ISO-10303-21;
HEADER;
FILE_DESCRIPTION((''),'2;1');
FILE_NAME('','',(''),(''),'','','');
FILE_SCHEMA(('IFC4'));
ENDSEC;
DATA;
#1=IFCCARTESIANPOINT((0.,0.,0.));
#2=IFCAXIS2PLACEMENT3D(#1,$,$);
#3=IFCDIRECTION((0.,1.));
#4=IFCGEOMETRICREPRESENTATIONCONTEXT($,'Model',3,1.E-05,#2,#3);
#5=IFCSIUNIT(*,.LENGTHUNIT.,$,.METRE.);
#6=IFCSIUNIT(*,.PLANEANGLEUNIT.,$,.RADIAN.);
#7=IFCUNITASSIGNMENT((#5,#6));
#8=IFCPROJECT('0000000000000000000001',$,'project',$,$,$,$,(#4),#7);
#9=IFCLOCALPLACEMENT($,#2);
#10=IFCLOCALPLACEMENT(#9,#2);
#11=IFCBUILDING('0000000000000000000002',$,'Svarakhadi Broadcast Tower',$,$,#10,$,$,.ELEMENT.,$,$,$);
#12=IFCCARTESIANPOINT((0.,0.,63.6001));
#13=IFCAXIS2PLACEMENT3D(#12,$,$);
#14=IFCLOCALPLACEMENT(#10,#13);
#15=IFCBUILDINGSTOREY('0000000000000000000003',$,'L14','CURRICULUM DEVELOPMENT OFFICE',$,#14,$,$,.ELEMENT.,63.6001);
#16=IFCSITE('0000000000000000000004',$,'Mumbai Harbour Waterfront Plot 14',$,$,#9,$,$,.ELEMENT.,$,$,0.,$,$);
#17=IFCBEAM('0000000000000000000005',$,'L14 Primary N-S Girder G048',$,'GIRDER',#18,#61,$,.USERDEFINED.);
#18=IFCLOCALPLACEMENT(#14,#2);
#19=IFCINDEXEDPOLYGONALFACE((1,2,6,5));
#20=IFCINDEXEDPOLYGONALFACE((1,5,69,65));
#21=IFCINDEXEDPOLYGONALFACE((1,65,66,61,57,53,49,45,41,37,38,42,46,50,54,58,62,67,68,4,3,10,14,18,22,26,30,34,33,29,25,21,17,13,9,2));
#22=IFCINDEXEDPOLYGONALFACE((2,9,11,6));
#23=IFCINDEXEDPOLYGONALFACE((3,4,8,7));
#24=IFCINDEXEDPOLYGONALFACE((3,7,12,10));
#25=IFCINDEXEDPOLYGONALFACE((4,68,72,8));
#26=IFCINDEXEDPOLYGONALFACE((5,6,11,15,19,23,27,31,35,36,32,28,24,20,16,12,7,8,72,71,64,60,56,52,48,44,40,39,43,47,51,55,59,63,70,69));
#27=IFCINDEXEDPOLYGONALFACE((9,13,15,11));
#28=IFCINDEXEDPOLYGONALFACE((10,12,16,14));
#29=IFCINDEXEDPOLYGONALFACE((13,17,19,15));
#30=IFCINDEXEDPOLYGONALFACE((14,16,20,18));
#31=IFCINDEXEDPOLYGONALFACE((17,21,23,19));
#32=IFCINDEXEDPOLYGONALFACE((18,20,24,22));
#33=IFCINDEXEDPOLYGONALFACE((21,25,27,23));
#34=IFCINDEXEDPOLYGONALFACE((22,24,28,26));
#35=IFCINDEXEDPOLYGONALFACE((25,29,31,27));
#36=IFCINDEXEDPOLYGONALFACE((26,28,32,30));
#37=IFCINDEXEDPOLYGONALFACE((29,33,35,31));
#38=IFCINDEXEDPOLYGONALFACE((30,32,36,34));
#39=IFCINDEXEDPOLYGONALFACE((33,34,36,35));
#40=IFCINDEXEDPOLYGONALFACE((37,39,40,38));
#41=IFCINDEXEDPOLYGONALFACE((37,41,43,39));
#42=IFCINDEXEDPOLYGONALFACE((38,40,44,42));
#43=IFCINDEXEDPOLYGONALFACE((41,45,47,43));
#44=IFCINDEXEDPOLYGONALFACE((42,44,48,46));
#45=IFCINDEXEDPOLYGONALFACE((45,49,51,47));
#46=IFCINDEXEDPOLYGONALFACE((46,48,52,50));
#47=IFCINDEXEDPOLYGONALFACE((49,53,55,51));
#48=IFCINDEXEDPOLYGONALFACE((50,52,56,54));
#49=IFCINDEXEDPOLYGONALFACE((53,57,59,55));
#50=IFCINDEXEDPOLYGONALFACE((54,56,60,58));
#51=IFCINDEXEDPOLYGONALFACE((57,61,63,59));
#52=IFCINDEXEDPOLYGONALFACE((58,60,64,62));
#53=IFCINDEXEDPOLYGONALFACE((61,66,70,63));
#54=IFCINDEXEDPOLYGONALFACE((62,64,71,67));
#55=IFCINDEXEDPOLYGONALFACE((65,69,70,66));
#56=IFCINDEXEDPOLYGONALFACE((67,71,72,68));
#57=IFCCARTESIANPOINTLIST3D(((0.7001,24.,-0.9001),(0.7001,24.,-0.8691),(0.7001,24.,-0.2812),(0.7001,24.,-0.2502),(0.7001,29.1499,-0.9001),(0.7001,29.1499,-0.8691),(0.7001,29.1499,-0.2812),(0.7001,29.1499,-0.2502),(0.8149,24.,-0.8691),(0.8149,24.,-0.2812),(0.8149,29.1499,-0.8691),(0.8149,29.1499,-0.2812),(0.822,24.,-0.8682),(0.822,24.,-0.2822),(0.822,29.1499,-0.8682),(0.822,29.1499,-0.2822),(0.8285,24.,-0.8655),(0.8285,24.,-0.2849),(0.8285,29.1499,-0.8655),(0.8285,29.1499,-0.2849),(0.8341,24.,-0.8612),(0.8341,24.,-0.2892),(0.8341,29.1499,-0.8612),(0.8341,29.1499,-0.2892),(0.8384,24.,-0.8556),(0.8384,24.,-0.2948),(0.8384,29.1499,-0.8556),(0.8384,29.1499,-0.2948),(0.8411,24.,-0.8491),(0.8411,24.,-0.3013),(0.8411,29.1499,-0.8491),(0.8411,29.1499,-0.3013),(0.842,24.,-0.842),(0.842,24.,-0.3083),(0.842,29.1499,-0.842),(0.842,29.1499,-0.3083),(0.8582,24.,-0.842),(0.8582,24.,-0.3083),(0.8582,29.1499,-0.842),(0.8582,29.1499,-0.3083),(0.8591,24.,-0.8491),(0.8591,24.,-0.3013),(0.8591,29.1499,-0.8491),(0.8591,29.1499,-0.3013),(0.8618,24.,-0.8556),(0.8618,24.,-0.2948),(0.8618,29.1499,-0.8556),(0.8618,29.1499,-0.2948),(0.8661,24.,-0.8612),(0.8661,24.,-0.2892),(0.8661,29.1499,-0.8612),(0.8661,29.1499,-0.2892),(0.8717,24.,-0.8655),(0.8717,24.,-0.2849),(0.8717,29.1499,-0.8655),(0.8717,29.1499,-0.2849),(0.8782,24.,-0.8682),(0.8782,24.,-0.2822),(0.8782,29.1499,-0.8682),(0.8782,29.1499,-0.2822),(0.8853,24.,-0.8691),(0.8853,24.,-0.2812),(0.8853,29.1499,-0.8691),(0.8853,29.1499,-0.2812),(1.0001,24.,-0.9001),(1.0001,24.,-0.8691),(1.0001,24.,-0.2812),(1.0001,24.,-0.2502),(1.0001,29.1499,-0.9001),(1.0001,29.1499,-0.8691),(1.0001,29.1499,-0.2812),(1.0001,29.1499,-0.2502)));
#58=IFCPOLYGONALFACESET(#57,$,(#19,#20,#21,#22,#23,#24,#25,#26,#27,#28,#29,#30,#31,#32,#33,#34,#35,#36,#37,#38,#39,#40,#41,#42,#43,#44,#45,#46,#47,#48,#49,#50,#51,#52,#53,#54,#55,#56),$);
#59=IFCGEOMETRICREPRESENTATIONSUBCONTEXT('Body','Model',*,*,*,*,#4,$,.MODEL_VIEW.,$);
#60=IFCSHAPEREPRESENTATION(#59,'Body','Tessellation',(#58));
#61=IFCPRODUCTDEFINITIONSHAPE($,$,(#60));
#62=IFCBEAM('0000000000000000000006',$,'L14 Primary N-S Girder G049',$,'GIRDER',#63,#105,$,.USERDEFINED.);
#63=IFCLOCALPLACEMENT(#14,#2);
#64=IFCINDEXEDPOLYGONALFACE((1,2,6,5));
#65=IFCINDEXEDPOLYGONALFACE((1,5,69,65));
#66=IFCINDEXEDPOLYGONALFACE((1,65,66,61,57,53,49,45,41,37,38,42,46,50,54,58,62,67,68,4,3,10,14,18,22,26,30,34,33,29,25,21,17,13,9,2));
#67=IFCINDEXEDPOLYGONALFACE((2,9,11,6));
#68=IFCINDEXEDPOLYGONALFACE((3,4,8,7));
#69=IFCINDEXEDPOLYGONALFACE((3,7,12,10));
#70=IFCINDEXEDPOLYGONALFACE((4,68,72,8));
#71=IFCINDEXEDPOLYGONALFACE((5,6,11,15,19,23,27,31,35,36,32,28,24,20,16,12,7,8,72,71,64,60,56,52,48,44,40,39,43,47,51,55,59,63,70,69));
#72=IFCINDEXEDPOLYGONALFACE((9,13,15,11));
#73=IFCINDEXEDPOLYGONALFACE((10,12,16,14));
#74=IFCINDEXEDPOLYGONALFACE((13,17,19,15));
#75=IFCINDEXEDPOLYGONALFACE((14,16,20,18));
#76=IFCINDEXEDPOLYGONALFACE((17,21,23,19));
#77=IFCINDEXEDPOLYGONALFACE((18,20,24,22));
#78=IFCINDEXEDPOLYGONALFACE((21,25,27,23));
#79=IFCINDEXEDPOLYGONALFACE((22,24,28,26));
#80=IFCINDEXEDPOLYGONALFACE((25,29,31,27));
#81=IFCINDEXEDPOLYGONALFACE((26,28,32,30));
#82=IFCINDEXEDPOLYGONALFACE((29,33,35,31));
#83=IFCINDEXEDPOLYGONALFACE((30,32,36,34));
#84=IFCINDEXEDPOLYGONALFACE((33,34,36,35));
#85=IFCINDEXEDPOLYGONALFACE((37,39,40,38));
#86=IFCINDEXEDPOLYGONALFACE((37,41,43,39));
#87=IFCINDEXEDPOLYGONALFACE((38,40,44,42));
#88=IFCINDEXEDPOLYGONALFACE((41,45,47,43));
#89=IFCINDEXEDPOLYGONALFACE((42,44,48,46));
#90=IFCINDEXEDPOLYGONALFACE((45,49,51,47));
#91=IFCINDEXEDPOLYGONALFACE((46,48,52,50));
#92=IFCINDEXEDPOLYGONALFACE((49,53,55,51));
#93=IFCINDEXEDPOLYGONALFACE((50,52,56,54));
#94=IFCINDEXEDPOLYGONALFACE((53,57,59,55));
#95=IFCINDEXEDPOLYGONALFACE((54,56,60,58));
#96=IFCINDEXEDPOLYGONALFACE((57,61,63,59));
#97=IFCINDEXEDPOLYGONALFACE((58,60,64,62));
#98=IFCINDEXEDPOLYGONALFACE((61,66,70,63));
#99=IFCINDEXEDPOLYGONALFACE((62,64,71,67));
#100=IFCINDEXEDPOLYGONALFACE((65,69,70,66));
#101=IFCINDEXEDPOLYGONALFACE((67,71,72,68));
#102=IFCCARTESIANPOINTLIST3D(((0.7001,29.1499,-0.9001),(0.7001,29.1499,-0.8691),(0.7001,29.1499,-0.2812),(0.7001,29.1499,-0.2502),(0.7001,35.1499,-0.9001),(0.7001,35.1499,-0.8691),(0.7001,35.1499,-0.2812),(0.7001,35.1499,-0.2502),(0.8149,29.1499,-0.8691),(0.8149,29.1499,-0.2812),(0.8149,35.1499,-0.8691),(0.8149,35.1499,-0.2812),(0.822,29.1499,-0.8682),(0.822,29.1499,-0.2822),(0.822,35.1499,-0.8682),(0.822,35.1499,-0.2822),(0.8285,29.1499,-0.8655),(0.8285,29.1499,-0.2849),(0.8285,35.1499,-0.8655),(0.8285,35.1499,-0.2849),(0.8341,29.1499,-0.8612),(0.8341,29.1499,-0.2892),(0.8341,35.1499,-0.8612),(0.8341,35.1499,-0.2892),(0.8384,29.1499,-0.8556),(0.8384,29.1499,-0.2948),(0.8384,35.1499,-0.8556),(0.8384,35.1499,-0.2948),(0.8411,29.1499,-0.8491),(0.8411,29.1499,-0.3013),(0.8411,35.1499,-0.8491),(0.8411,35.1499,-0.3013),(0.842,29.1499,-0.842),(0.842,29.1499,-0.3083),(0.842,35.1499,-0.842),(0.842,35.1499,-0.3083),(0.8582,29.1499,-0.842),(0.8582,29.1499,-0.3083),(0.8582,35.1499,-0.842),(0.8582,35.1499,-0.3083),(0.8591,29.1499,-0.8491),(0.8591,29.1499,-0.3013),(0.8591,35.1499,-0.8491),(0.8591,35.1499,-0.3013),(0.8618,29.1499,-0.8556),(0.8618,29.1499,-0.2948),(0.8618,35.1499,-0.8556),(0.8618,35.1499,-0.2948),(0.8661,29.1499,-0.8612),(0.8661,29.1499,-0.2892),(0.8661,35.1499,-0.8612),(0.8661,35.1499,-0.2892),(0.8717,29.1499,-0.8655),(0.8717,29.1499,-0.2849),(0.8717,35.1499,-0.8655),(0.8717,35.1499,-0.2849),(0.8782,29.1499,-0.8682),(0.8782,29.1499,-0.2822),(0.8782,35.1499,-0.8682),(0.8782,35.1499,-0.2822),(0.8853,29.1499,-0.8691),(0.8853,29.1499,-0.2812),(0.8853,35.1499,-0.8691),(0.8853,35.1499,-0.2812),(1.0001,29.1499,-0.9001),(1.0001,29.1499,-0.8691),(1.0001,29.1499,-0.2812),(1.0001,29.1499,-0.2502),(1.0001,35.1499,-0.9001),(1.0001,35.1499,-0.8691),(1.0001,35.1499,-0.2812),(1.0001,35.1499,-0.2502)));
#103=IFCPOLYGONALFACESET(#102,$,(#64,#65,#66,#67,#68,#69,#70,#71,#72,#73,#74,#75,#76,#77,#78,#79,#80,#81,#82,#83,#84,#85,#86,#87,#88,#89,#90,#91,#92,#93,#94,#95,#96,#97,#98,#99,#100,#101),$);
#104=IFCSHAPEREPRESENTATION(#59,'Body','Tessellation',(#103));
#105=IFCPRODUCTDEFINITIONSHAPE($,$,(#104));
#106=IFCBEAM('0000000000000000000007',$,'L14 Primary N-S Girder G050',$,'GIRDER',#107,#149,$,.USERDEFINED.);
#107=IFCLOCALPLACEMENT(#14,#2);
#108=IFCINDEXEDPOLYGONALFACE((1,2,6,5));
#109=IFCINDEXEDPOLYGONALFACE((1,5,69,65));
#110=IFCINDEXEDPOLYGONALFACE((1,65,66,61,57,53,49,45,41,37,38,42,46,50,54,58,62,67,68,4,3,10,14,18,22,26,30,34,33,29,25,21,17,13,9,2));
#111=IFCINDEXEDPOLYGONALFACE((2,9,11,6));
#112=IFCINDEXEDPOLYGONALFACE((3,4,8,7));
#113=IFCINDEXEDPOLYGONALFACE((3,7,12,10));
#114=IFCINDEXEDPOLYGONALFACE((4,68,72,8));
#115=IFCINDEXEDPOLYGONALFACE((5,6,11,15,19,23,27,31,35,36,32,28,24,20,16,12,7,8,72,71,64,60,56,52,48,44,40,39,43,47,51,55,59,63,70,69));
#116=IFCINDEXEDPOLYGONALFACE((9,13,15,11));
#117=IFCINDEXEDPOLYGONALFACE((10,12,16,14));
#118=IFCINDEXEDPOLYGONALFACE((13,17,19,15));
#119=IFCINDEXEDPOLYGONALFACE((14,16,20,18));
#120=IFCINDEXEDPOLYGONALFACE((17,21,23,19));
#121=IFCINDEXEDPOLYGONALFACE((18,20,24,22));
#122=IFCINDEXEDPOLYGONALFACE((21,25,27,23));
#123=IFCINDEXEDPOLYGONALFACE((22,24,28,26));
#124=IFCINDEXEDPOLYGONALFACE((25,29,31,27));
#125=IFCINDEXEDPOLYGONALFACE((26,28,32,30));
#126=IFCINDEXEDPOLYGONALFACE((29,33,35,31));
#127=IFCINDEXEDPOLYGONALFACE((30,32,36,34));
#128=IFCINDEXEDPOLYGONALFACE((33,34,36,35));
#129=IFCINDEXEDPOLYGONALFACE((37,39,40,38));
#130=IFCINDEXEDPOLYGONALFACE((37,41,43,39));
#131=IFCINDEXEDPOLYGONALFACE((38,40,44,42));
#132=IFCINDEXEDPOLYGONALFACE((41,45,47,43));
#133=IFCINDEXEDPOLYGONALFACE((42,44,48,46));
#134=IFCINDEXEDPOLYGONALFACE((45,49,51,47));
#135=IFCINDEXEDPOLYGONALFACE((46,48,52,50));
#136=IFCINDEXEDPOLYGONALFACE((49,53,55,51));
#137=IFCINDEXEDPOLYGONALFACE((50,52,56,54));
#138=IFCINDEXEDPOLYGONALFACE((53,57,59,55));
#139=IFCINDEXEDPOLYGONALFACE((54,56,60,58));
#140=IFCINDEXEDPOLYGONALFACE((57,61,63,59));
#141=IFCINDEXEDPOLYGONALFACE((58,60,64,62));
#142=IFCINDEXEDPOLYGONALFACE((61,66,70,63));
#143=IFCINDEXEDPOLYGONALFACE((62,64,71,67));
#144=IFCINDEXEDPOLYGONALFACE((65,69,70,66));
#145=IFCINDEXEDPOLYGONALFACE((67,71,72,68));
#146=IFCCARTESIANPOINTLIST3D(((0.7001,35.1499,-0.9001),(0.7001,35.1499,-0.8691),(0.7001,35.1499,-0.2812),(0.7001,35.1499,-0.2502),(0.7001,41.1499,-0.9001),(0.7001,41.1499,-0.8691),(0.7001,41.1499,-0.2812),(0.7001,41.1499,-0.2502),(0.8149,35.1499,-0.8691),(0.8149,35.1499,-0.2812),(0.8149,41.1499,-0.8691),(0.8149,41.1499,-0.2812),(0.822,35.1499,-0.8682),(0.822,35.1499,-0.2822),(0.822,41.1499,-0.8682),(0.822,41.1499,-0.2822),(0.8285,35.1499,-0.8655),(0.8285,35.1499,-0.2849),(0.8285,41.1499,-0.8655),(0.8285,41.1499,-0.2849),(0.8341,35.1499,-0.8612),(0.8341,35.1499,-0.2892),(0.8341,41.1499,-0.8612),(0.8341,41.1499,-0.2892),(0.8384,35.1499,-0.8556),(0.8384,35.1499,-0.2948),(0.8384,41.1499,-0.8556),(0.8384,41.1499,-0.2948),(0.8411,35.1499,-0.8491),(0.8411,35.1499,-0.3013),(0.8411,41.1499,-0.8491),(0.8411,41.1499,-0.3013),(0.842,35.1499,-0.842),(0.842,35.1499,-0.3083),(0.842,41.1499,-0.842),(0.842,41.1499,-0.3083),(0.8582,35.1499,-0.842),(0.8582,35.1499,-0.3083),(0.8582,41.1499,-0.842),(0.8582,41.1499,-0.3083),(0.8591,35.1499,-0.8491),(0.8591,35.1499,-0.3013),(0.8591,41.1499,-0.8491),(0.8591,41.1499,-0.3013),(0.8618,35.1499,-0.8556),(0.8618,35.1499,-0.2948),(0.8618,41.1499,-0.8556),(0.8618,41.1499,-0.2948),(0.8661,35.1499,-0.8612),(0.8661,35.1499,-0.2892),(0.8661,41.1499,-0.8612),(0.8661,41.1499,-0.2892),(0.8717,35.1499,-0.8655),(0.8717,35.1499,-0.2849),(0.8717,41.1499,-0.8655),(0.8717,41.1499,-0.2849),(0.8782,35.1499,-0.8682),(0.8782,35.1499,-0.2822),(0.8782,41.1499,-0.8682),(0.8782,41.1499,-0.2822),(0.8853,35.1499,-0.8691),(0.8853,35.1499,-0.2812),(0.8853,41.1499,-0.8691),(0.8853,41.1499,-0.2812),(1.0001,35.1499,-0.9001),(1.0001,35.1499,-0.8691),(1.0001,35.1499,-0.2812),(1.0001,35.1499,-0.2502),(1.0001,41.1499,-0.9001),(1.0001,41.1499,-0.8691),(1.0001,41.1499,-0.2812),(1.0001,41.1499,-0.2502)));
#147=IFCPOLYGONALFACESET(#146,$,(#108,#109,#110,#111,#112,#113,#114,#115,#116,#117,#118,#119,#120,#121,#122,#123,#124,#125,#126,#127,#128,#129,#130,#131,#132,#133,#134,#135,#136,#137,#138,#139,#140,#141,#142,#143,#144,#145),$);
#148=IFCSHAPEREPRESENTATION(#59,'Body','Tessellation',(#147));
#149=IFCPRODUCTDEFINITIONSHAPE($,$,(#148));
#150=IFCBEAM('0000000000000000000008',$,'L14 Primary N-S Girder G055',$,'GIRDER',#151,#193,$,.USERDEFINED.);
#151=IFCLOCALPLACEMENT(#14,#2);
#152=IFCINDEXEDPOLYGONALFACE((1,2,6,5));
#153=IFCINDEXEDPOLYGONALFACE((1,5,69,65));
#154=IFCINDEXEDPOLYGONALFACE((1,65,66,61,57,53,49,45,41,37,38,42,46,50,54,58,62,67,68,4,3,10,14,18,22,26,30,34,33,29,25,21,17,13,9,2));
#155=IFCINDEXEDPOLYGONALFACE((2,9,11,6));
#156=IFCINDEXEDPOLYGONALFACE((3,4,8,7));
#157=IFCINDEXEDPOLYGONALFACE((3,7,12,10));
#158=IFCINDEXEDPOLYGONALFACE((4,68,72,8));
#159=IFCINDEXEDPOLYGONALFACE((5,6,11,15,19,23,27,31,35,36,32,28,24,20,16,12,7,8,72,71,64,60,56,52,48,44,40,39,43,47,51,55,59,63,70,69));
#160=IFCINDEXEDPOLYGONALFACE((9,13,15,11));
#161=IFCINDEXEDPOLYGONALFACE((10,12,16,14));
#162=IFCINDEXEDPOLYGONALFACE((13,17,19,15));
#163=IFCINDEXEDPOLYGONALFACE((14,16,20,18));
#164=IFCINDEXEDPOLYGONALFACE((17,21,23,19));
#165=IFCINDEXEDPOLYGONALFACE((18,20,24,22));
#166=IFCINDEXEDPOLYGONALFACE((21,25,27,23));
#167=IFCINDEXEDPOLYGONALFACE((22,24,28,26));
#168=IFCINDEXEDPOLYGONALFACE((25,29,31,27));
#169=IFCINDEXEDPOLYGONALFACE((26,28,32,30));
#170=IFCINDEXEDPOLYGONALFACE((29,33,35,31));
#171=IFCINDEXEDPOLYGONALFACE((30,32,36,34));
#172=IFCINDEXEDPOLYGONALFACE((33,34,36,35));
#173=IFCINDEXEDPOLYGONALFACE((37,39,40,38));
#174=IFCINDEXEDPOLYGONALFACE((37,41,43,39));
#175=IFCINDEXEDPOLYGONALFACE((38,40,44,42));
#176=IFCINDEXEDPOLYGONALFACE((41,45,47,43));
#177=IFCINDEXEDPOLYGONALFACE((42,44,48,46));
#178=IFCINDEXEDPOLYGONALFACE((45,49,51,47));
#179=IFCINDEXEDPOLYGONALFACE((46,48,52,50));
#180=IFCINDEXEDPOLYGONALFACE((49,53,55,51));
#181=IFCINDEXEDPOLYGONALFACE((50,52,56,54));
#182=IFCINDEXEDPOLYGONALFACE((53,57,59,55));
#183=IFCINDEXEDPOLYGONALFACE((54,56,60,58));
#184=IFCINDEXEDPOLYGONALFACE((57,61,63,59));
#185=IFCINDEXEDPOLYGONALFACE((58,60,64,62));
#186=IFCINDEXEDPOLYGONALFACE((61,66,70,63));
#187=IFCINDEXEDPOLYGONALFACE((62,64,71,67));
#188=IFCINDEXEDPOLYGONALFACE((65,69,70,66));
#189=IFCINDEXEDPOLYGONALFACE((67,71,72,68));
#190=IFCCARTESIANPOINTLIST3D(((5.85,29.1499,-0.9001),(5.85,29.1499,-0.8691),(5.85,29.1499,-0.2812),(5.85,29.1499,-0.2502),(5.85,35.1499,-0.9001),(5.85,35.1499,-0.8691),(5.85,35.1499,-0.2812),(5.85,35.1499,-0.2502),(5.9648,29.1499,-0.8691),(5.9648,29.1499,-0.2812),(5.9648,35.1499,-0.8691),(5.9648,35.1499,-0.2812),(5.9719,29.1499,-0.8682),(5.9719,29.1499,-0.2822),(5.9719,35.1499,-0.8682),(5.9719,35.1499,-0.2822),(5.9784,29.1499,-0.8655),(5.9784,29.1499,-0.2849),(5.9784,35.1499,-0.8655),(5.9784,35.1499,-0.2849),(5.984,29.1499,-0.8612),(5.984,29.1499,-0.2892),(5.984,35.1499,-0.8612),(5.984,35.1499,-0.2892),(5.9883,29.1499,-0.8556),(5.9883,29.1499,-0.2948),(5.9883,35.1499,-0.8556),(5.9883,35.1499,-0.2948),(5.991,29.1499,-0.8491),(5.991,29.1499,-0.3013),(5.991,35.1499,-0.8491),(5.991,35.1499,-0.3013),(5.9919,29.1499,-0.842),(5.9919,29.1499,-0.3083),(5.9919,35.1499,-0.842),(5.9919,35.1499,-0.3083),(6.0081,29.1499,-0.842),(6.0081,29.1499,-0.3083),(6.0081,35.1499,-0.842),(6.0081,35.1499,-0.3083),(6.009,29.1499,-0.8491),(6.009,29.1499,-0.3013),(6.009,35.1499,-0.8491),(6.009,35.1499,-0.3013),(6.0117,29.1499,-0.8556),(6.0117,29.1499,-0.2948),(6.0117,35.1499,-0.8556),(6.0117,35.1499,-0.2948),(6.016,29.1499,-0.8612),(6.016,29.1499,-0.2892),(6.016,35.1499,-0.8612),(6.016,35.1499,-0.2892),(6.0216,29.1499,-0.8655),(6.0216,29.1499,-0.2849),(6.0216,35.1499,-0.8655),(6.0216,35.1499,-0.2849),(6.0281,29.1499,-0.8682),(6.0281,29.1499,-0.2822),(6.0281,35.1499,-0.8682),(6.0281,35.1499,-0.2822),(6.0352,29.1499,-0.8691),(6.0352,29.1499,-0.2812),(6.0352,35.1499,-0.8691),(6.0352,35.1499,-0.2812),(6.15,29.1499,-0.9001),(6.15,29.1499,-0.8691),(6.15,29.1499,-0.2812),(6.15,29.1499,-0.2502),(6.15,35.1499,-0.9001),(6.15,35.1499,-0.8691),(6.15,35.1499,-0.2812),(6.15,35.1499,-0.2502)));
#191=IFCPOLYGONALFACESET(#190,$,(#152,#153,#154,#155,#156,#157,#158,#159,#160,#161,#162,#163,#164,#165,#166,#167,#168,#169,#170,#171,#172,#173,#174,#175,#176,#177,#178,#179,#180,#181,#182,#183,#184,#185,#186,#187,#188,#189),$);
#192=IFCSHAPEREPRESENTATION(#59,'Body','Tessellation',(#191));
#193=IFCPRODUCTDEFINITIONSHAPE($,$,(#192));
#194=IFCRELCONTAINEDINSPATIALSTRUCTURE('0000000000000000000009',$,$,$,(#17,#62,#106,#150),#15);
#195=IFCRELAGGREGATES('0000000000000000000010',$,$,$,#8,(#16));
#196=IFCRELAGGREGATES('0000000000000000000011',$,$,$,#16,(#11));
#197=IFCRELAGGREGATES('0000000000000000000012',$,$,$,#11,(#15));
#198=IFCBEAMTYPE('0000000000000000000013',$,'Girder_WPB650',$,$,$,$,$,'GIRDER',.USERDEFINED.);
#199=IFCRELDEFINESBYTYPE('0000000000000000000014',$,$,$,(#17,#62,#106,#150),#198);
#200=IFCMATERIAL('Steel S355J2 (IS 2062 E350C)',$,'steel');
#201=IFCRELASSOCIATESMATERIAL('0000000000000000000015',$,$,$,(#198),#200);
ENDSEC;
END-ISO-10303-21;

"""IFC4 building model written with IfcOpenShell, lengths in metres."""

from ifc_helpers import new_model, si_unit, direction, frame, origin, origin_2d, place, context, subcontext, project, spatial, i_section, extrude, material, material_profile, profile_set, type_object, element, save


model = new_model("IFC4")

# Units and contexts
model_context = context("Model", 3, precision=1e-05, world=origin(), true_north=direction((0.0, 1.0)))
body_context = subcontext(model_context, "Body", "Model", "MODEL_VIEW")
ifc_project = project(units=[si_unit("LENGTHUNIT", "METRE"), si_unit("PLANEANGLEUNIT", "RADIAN")], contexts=[model_context])

# Site, building, storey
site_placement = place(None, origin())
site = spatial("IfcSite", under=ifc_project, at=site_placement, Name="Mumbai Harbour Waterfront Plot 14", CompositionType="ELEMENT", RefElevation=0.0)
building_placement = place(site_placement, origin())
building = spatial("IfcBuilding", under=site, at=building_placement, Name="Svarakhadi Broadcast Tower", CompositionType="ELEMENT")
storey_placement = place(building_placement, frame((0.0, 0.0, 63.6001)))
storey = spatial("IfcBuildingStorey", under=building, at=storey_placement, Name="L14", Description="CURRICULUM DEVELOPMENT OFFICE", CompositionType="ELEMENT", Elevation=63.6001)

# Shared definitions
ifc_material_1 = material(Name="Steel S355J2 (IS 2062 E350C)", Category="steel")

# Beams
ifc_material_profile_1 = material_profile(ifc_material_1, i_section(OverallWidth=0.3, OverallDepth=0.6499, WebThickness=0.0161, FlangeThickness=0.031, FilletRadius=0.0271, at=origin_2d()), Name="WPB 650x300x225")
ifc_profile_set_1 = profile_set([ifc_material_profile_1], Name="Steel S355J2 (IS 2062 E350C)")
beam_type_1 = type_object("IfcBeamType", Name="Girder_WPB650", ElementType="GIRDER", PredefinedType="USERDEFINED", material=ifc_profile_set_1)
for number, where, z_axis, x_axis, name in (
    (1, (0.8501, 24.0, -0.5752), (0.0, 1.0, 0.0), (-1.0, 0.0, 0.0), "L14 Primary N-S Girder G048"),
):
    element("IfcBeam", number, at=place(storey_placement, frame(where, z_axis=z_axis, x_axis=x_axis)), inside=storey, type_object=beam_type_1, Name=name, ObjectType="GIRDER", PredefinedType="USERDEFINED", context=body_context, shape_type="SweptSolid", body=[
        extrude(i_section(OverallWidth=0.3, OverallDepth=0.6499, WebThickness=0.0161, FlangeThickness=0.031, FilletRadius=0.0271, at=origin_2d()), origin(), (0.0, 0.0, 1.0), 5.1499),
    ])
for number, where, z_axis, x_axis, name in (
    (2, (0.8501, 29.1499, -0.5752), (0.0, 1.0, 0.0), (-1.0, 0.0, 0.0), "L14 Primary N-S Girder G049"),
    (3, (0.8501, 35.1499, -0.5752), (0.0, 1.0, 0.0), (-1.0, 0.0, 0.0), "L14 Primary N-S Girder G050"),
    (4, (6.0, 29.1499, -0.5752), (0.0, 1.0, 0.0), (-1.0, 0.0, 0.0), "L14 Primary N-S Girder G055"),
):
    element("IfcBeam", number, at=place(storey_placement, frame(where, z_axis=z_axis, x_axis=x_axis)), inside=storey, type_object=beam_type_1, Name=name, ObjectType="GIRDER", PredefinedType="USERDEFINED", context=body_context, shape_type="SweptSolid", body=[
        extrude(i_section(OverallWidth=0.3, OverallDepth=0.6499, WebThickness=0.0161, FlangeThickness=0.031, FilletRadius=0.0271, at=origin_2d()), origin(), (0.0, 0.0, 1.0), 6.0),
    ])

save(model, "model.ifc")
